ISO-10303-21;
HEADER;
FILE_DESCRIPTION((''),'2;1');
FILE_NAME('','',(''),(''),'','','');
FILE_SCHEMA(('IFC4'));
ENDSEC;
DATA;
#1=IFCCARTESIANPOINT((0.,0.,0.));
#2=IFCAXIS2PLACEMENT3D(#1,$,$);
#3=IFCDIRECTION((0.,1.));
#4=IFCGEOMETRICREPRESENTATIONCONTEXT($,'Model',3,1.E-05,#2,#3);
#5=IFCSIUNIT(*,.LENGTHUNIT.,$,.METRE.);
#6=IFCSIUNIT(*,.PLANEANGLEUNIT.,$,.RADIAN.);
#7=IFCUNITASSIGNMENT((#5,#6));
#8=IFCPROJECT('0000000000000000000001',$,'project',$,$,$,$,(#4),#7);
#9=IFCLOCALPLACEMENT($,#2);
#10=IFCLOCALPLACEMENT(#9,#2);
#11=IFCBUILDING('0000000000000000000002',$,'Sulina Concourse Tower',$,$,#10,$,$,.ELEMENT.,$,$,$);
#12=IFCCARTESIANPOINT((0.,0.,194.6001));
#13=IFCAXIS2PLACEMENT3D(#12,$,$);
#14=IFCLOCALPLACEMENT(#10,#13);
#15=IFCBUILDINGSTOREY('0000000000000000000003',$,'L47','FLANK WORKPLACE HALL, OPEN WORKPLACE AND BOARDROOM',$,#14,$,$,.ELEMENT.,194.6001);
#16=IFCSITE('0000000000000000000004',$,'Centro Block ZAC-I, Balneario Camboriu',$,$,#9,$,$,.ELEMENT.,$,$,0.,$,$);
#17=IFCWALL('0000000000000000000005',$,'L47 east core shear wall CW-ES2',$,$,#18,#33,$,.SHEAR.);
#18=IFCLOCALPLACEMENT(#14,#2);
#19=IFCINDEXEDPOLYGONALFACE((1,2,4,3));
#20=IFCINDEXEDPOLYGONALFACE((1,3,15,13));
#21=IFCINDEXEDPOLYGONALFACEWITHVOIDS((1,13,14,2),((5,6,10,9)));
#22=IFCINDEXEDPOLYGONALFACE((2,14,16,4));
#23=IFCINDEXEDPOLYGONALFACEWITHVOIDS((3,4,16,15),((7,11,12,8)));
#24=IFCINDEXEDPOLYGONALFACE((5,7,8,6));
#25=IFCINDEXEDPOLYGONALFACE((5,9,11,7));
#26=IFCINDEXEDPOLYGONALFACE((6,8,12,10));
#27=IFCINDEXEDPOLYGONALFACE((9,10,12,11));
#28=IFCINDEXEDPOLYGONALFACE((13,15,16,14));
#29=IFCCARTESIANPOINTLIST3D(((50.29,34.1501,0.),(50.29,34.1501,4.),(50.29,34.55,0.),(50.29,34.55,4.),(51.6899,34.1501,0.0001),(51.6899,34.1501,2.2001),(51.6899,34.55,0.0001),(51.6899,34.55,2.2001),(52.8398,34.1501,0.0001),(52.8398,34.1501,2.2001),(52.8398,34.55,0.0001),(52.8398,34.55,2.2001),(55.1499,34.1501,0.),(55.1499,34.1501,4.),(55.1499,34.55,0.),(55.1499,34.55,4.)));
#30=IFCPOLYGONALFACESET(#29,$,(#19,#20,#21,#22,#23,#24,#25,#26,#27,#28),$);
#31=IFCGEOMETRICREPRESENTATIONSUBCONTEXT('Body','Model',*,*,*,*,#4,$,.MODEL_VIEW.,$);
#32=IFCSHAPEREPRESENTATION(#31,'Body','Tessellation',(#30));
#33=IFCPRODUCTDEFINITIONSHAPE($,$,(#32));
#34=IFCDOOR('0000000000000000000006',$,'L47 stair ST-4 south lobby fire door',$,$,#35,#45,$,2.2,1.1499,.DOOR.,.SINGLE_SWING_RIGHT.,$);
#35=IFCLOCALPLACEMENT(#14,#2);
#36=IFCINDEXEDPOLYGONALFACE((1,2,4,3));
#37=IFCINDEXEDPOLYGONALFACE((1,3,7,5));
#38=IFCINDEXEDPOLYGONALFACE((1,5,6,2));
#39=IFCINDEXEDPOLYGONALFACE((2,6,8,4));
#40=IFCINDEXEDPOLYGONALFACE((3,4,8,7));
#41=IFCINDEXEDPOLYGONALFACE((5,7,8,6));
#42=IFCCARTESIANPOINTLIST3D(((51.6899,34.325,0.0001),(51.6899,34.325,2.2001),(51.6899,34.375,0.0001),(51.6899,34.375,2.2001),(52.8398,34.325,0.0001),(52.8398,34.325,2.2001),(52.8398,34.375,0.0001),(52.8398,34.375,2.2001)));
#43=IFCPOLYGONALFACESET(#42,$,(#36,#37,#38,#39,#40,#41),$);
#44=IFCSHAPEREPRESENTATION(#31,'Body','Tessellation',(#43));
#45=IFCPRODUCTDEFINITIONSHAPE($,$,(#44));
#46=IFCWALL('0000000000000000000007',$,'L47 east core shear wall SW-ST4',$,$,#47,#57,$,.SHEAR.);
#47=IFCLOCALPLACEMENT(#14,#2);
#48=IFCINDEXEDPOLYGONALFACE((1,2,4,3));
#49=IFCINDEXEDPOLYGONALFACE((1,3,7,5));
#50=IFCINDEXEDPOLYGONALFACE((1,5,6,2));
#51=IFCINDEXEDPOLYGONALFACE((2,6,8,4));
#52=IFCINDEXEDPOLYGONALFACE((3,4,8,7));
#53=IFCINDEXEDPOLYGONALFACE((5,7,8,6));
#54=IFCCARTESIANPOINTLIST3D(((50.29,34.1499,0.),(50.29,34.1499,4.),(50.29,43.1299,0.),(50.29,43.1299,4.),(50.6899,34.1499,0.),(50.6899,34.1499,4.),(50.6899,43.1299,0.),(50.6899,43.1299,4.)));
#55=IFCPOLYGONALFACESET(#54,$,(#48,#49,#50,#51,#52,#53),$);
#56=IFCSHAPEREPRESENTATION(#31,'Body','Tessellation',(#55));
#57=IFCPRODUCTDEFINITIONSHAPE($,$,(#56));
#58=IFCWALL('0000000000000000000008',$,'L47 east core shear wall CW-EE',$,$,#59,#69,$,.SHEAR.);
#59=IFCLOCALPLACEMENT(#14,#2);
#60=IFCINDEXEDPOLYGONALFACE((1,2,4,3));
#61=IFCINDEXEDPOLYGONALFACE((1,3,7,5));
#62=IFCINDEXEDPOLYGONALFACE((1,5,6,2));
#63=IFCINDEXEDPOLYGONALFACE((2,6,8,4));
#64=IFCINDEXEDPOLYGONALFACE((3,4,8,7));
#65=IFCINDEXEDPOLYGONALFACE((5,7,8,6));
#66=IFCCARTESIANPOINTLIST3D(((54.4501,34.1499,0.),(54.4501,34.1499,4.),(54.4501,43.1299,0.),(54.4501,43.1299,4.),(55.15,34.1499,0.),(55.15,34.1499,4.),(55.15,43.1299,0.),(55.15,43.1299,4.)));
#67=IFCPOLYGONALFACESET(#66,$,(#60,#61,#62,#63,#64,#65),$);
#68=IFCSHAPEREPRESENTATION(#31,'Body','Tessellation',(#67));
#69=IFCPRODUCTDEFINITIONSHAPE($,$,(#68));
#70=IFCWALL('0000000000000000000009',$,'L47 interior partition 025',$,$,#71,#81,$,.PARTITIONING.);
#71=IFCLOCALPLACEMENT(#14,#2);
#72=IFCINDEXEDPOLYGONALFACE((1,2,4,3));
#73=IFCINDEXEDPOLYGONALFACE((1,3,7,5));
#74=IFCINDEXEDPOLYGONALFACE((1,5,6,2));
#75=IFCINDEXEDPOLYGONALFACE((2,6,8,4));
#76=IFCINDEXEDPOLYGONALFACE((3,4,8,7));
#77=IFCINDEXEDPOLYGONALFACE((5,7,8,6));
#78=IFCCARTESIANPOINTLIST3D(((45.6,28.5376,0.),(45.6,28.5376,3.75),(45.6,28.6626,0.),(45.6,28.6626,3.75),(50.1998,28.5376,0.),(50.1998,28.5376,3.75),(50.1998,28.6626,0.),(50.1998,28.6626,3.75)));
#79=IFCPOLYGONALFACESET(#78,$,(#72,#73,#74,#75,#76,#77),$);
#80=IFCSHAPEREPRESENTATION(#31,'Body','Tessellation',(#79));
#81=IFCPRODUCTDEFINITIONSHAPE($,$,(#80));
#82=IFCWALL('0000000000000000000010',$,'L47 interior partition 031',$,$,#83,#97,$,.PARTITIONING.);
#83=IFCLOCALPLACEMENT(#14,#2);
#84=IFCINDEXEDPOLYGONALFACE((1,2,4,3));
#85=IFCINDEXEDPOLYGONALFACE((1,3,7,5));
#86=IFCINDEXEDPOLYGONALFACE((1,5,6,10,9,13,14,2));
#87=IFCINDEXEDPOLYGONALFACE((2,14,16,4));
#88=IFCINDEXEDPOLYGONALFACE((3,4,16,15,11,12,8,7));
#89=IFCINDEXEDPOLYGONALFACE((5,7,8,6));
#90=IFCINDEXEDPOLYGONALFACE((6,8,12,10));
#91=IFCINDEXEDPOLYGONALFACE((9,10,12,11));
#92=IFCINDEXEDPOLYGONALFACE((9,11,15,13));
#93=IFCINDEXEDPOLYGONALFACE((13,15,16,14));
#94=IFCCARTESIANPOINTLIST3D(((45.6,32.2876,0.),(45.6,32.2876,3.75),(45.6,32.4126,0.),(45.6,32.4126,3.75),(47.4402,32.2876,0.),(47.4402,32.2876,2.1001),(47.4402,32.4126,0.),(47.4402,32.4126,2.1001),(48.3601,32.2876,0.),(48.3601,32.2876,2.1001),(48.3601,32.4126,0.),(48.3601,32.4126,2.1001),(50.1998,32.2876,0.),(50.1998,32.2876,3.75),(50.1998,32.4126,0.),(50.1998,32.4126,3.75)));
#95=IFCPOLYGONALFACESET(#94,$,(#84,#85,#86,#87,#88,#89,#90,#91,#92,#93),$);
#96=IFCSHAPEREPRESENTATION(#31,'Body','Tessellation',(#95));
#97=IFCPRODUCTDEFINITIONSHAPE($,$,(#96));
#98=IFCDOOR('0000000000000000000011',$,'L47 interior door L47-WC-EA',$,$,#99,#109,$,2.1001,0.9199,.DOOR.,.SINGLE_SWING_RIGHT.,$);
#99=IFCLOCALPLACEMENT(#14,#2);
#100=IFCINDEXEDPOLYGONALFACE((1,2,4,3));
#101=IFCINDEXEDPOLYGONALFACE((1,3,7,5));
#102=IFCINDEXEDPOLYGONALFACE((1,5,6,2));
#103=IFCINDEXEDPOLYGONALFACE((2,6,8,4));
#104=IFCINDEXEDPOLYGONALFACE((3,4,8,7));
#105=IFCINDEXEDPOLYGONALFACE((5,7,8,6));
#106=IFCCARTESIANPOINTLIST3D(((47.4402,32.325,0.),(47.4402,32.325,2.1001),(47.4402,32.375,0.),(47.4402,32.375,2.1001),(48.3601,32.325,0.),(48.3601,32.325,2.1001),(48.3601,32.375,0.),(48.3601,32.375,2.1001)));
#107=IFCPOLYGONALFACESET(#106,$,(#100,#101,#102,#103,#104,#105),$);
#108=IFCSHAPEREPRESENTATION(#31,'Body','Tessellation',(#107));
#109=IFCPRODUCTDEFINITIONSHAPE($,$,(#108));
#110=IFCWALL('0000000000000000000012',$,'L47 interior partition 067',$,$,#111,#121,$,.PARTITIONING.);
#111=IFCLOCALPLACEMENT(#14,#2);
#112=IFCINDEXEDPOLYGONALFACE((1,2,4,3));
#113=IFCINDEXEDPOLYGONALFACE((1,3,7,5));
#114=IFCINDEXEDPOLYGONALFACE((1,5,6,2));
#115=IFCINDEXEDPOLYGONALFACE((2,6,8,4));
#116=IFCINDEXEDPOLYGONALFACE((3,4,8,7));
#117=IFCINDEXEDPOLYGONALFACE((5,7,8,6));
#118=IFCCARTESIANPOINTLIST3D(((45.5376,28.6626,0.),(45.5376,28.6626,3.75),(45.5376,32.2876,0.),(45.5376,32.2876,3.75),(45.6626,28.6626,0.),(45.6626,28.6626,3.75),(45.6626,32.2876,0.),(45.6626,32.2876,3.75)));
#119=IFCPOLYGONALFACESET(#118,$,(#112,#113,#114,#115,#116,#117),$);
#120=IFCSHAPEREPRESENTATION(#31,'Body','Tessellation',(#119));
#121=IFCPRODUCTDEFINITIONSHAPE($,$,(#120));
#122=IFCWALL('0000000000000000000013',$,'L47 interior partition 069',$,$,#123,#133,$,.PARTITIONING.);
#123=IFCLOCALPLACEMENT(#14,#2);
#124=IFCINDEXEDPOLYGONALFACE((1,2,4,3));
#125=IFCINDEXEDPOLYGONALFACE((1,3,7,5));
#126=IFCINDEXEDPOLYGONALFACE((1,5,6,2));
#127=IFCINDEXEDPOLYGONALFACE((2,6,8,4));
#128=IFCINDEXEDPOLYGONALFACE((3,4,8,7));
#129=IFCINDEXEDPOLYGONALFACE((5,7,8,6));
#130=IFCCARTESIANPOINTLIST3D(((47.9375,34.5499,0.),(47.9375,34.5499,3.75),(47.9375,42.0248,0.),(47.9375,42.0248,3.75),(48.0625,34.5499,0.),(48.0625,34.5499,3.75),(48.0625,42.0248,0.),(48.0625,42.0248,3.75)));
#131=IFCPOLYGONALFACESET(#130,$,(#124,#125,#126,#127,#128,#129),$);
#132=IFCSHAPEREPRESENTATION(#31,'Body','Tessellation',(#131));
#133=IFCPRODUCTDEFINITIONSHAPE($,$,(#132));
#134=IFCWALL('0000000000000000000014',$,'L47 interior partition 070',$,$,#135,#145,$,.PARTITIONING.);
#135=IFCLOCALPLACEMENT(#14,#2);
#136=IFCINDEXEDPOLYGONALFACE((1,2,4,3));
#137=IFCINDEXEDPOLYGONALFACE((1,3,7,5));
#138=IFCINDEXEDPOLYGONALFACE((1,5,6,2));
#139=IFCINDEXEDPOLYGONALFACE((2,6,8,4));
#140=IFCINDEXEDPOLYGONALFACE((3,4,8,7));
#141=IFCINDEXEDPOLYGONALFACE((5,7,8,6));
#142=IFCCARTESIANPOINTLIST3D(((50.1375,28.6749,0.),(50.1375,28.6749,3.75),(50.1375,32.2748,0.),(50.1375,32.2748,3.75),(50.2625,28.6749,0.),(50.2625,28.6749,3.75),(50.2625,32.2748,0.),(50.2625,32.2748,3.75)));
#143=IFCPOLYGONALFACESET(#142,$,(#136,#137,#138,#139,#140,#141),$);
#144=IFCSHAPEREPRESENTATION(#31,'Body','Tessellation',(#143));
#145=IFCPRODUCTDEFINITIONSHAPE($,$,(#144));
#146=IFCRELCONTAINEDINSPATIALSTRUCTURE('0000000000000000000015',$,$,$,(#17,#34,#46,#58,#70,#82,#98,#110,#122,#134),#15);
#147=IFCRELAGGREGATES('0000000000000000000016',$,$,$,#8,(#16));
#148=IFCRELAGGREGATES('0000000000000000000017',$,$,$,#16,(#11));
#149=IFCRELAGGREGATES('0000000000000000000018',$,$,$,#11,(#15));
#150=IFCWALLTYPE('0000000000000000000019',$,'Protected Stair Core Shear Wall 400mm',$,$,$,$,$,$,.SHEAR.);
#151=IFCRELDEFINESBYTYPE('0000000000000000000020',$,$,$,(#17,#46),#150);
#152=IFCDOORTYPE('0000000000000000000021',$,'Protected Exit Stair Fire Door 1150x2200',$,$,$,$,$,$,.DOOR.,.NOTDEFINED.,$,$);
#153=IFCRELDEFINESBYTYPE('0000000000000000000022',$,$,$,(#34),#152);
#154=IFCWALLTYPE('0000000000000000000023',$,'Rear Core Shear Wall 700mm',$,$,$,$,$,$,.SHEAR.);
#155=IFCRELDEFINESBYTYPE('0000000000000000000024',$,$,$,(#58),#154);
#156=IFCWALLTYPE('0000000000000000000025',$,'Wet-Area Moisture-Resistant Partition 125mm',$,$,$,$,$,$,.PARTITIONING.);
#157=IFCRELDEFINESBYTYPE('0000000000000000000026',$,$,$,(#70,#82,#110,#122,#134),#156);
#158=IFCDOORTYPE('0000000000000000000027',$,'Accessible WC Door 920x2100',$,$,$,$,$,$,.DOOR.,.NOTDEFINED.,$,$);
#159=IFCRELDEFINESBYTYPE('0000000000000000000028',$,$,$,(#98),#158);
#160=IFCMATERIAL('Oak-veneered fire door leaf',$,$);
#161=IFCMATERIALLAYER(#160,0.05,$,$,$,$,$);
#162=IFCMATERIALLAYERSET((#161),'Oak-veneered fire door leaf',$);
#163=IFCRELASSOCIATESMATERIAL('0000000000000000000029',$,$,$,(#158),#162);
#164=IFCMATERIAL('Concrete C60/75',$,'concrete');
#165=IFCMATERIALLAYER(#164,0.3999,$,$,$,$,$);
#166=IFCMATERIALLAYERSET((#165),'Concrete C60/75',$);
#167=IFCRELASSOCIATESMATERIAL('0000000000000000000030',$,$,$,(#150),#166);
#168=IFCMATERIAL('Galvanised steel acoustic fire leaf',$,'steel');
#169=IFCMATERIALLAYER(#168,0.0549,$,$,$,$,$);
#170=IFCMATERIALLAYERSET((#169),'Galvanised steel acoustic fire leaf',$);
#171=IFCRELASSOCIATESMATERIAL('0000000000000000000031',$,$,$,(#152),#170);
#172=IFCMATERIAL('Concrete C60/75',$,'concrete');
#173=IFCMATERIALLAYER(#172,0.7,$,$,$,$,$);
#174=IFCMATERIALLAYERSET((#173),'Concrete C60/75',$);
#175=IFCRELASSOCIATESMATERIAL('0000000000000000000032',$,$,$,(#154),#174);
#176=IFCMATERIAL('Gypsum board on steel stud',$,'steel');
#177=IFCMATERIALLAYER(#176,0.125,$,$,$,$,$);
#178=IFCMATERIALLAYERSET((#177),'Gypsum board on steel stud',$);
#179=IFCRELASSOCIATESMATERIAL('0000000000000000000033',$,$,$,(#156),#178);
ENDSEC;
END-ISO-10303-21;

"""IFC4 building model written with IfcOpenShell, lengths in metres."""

from ifc_helpers import new_model, si_unit, direction, frame, frame_2d, origin, place, context, subcontext, project, spatial, rectangle, extrude, material, layer, layer_set, type_object, element, fill, save


model = new_model("IFC4")

# Units and contexts
model_context = context("Model", 3, precision=1e-05, world=origin(), true_north=direction((0.0, 1.0)))
body_context = subcontext(model_context, "Body", "Model", "MODEL_VIEW")
ifc_project = project(units=[si_unit("LENGTHUNIT", "METRE"), si_unit("PLANEANGLEUNIT", "RADIAN")], contexts=[model_context])

# Site, building, storey
site_placement = place(None, origin())
site = spatial("IfcSite", under=ifc_project, at=site_placement, Name="Centro Block ZAC-I, Balneario Camboriu", CompositionType="ELEMENT", RefElevation=0.0)
building_placement = place(site_placement, origin())
building = spatial("IfcBuilding", under=site, at=building_placement, Name="Sulina Concourse Tower", CompositionType="ELEMENT")
storey_placement = place(building_placement, frame((0.0, 0.0, 194.6001)))
storey = spatial("IfcBuildingStorey", under=building, at=storey_placement, Name="L47", Description="FLANK WORKPLACE HALL, OPEN WORKPLACE AND BOARDROOM", CompositionType="ELEMENT", Elevation=194.6001)

# Shared definitions
ifc_material_1 = material(Name="Oak-veneered fire door leaf")
ifc_layer_1 = layer(ifc_material_1, 0.05)
ifc_layer_set_1 = layer_set([ifc_layer_1], Name="Oak-veneered fire door leaf")
door_type_1 = type_object("IfcDoorType", Name="Accessible WC Door 920x2100", OperationType="NOTDEFINED", PredefinedType="DOOR", material=ifc_layer_set_1)

# Shared definitions
ifc_material_2 = material(Name="Concrete C60/75", Category="concrete")
ifc_layer_2 = layer(ifc_material_2, 0.3999)
ifc_layer_set_2 = layer_set([ifc_layer_2], Name="Concrete C60/75")
wall_type_1 = type_object("IfcWallType", Name="Protected Stair Core Shear Wall 400mm", PredefinedType="SHEAR", material=ifc_layer_set_2)

# Wall, opening, door
wall_1_placement = place(storey_placement, frame((50.29, 34.3501, 0.0), z_axis=(0.0, 0.0, 1.0), x_axis=(1.0, 0.0, 0.0)))
wall_1 = element("IfcWall", 1, at=wall_1_placement, inside=storey, type_object=wall_type_1, Name="L47 east core shear wall CW-ES2", PredefinedType="SHEAR", context=body_context, shape_type="SweptSolid", body=[
    extrude(rectangle(XDim=4.8599, YDim=0.3999, at=frame_2d((2.4299, 0.0))), origin(), (0.0, 0.0, 1.0), 4.0),
])
opening_1_placement = place(wall_1_placement, frame((1.3999, 0.0, 0.0)))
opening_1 = element("IfcOpeningElement", 2, at=opening_1_placement, cuts=wall_1, PredefinedType="OPENING", context=body_context, shape_type="SweptSolid", body=[
    extrude(rectangle(XDim=1.1499, YDim=2.2, at=frame_2d((0.575, 1.1001))), frame((0.0, 0.21, 0.0), z_axis=(0.0, -1.0, 0.0), x_axis=(1.0, 0.0, 0.0)), (0.0, 0.0, 1.0), 0.4199),
])
ifc_material_3 = material(Name="Galvanised steel acoustic fire leaf", Category="steel")
ifc_layer_3 = layer(ifc_material_3, 0.0549)
ifc_layer_set_3 = layer_set([ifc_layer_3], Name="Galvanised steel acoustic fire leaf")
door_type_2 = type_object("IfcDoorType", Name="Protected Exit Stair Fire Door 1150x2200", OperationType="NOTDEFINED", PredefinedType="DOOR", material=ifc_layer_set_3)
door_1_placement = place(opening_1_placement, origin())
door_1 = element("IfcDoor", 3, at=door_1_placement, inside=storey, type_object=door_type_2, Name="L47 stair ST-4 south lobby fire door", OperationType="SINGLE_SWING_RIGHT", OverallHeight=2.2, OverallWidth=1.1499, PredefinedType="DOOR", context=body_context, shape_type="SweptSolid", body=[
    extrude(rectangle(XDim=1.1499, YDim=2.2, at=frame_2d((0.575, 1.1001))), frame((0.0, 0.0249, 0.0), z_axis=(0.0, -1.0, 0.0), x_axis=(1.0, 0.0, 0.0)), (0.0, 0.0, 1.0), 0.05),
])
fill(opening_1, door_1)

# Walls
wall_2_placement = place(storey_placement, frame((50.49, 34.1499, 0.0), z_axis=(0.0, 0.0, 1.0), x_axis=(0.0, 1.0, 0.0)))
element("IfcWall", 4, at=wall_2_placement, inside=storey, type_object=wall_type_1, Name="L47 east core shear wall SW-ST4", PredefinedType="SHEAR", context=body_context, shape_type="SweptSolid", body=[
    extrude(rectangle(XDim=8.98, YDim=0.3999, at=frame_2d((4.49, 0.0))), origin(), (0.0, 0.0, 1.0), 4.0),
])
ifc_material_4 = material(Name="Concrete C60/75", Category="concrete")
ifc_layer_4 = layer(ifc_material_4, 0.7)
ifc_layer_set_4 = layer_set([ifc_layer_4], Name="Concrete C60/75")
wall_type_2 = type_object("IfcWallType", Name="Rear Core Shear Wall 700mm", PredefinedType="SHEAR", material=ifc_layer_set_4)
wall_3_placement = place(storey_placement, frame((54.8, 34.1499, 0.0), z_axis=(0.0, 0.0, 1.0), x_axis=(0.0, 1.0, 0.0)))
element("IfcWall", 5, at=wall_3_placement, inside=storey, type_object=wall_type_2, Name="L47 east core shear wall CW-EE", PredefinedType="SHEAR", context=body_context, shape_type="SweptSolid", body=[
    extrude(rectangle(XDim=8.98, YDim=0.7, at=frame_2d((4.49, 0.0))), origin(), (0.0, 0.0, 1.0), 4.0),
])
ifc_material_5 = material(Name="Gypsum board on steel stud", Category="steel")
ifc_layer_5 = layer(ifc_material_5, 0.125)
ifc_layer_set_5 = layer_set([ifc_layer_5], Name="Gypsum board on steel stud")
wall_type_3 = type_object("IfcWallType", Name="Wet-Area Moisture-Resistant Partition 125mm", PredefinedType="PARTITIONING", material=ifc_layer_set_5)
wall_4_placement = place(storey_placement, frame((45.6001, 28.6001, 0.0), z_axis=(0.0, 0.0, 1.0), x_axis=(1.0, 0.0, 0.0)))
element("IfcWall", 6, at=wall_4_placement, inside=storey, type_object=wall_type_3, Name="L47 interior partition 025", PredefinedType="PARTITIONING", context=body_context, shape_type="SweptSolid", body=[
    extrude(rectangle(XDim=4.5999, YDim=0.125, at=frame_2d((2.2998, 0.0))), origin(), (0.0, 0.0, 1.0), 3.75),
])

# Wall, opening, door
wall_5_placement = place(storey_placement, frame((45.6001, 32.3501, 0.0), z_axis=(0.0, 0.0, 1.0), x_axis=(1.0, 0.0, 0.0)))
wall_5 = element("IfcWall", 7, at=wall_5_placement, inside=storey, type_object=wall_type_3, Name="L47 interior partition 031", PredefinedType="PARTITIONING", context=body_context, shape_type="SweptSolid", body=[
    extrude(rectangle(XDim=4.5999, YDim=0.125, at=frame_2d((2.2998, 0.0))), origin(), (0.0, 0.0, 1.0), 3.75),
])
opening_2_placement = place(wall_5_placement, frame((1.8401, 0.0, 0.0)))
opening_2 = element("IfcOpeningElement", 8, at=opening_2_placement, cuts=wall_5, PredefinedType="OPENING", context=body_context, shape_type="SweptSolid", body=[
    extrude(rectangle(XDim=0.9199, YDim=2.1001, at=frame_2d((0.46, 1.05))), frame((0.0, 0.0725, 0.0), z_axis=(0.0, -1.0, 0.0), x_axis=(1.0, 0.0, 0.0)), (0.0, 0.0, 1.0), 0.145),
])
door_2_placement = place(opening_2_placement, origin())
door_2 = element("IfcDoor", 9, at=door_2_placement, inside=storey, type_object=door_type_1, Name="L47 interior door L47-WC-EA", OperationType="SINGLE_SWING_RIGHT", OverallHeight=2.1001, OverallWidth=0.9199, PredefinedType="DOOR", context=body_context, shape_type="SweptSolid", body=[
    extrude(rectangle(XDim=0.9199, YDim=2.1001, at=frame_2d((0.46, 1.05))), frame((0.0, 0.0249, 0.0), z_axis=(0.0, -1.0, 0.0), x_axis=(1.0, 0.0, 0.0)), (0.0, 0.0, 1.0), 0.05),
])
fill(opening_2, door_2)

# Walls
wall_6_placement = place(storey_placement, frame((45.6001, 28.6626, 0.0), z_axis=(0.0, 0.0, 1.0), x_axis=(0.0, 1.0, 0.0)))
element("IfcWall", 10, at=wall_6_placement, inside=storey, type_object=wall_type_3, Name="L47 interior partition 067", PredefinedType="PARTITIONING", context=body_context, shape_type="SweptSolid", body=[
    extrude(rectangle(XDim=3.625, YDim=0.125, at=frame_2d((1.8125, 0.0))), origin(), (0.0, 0.0, 1.0), 3.75),
])
wall_7_placement = place(storey_placement, frame((48.0, 34.55, 0.0), z_axis=(0.0, 0.0, 1.0), x_axis=(0.0, 1.0, 0.0)))
element("IfcWall", 11, at=wall_7_placement, inside=storey, type_object=wall_type_3, Name="L47 interior partition 069", PredefinedType="PARTITIONING", context=body_context, shape_type="SweptSolid", body=[
    extrude(rectangle(XDim=7.4749, YDim=0.125, at=frame_2d((3.7373, 0.0))), origin(), (0.0, 0.0, 1.0), 3.75),
])
wall_8_placement = place(storey_placement, frame((50.2, 28.675, 0.0), z_axis=(0.0, 0.0, 1.0), x_axis=(0.0, 1.0, 0.0)))
element("IfcWall", 12, at=wall_8_placement, inside=storey, type_object=wall_type_3, Name="L47 interior partition 070", PredefinedType="PARTITIONING", context=body_context, shape_type="SweptSolid", body=[
    extrude(rectangle(XDim=3.5999, YDim=0.125, at=frame_2d((1.7998, 0.0))), origin(), (0.0, 0.0, 1.0), 3.75),
])

save(model, "model.ifc")
